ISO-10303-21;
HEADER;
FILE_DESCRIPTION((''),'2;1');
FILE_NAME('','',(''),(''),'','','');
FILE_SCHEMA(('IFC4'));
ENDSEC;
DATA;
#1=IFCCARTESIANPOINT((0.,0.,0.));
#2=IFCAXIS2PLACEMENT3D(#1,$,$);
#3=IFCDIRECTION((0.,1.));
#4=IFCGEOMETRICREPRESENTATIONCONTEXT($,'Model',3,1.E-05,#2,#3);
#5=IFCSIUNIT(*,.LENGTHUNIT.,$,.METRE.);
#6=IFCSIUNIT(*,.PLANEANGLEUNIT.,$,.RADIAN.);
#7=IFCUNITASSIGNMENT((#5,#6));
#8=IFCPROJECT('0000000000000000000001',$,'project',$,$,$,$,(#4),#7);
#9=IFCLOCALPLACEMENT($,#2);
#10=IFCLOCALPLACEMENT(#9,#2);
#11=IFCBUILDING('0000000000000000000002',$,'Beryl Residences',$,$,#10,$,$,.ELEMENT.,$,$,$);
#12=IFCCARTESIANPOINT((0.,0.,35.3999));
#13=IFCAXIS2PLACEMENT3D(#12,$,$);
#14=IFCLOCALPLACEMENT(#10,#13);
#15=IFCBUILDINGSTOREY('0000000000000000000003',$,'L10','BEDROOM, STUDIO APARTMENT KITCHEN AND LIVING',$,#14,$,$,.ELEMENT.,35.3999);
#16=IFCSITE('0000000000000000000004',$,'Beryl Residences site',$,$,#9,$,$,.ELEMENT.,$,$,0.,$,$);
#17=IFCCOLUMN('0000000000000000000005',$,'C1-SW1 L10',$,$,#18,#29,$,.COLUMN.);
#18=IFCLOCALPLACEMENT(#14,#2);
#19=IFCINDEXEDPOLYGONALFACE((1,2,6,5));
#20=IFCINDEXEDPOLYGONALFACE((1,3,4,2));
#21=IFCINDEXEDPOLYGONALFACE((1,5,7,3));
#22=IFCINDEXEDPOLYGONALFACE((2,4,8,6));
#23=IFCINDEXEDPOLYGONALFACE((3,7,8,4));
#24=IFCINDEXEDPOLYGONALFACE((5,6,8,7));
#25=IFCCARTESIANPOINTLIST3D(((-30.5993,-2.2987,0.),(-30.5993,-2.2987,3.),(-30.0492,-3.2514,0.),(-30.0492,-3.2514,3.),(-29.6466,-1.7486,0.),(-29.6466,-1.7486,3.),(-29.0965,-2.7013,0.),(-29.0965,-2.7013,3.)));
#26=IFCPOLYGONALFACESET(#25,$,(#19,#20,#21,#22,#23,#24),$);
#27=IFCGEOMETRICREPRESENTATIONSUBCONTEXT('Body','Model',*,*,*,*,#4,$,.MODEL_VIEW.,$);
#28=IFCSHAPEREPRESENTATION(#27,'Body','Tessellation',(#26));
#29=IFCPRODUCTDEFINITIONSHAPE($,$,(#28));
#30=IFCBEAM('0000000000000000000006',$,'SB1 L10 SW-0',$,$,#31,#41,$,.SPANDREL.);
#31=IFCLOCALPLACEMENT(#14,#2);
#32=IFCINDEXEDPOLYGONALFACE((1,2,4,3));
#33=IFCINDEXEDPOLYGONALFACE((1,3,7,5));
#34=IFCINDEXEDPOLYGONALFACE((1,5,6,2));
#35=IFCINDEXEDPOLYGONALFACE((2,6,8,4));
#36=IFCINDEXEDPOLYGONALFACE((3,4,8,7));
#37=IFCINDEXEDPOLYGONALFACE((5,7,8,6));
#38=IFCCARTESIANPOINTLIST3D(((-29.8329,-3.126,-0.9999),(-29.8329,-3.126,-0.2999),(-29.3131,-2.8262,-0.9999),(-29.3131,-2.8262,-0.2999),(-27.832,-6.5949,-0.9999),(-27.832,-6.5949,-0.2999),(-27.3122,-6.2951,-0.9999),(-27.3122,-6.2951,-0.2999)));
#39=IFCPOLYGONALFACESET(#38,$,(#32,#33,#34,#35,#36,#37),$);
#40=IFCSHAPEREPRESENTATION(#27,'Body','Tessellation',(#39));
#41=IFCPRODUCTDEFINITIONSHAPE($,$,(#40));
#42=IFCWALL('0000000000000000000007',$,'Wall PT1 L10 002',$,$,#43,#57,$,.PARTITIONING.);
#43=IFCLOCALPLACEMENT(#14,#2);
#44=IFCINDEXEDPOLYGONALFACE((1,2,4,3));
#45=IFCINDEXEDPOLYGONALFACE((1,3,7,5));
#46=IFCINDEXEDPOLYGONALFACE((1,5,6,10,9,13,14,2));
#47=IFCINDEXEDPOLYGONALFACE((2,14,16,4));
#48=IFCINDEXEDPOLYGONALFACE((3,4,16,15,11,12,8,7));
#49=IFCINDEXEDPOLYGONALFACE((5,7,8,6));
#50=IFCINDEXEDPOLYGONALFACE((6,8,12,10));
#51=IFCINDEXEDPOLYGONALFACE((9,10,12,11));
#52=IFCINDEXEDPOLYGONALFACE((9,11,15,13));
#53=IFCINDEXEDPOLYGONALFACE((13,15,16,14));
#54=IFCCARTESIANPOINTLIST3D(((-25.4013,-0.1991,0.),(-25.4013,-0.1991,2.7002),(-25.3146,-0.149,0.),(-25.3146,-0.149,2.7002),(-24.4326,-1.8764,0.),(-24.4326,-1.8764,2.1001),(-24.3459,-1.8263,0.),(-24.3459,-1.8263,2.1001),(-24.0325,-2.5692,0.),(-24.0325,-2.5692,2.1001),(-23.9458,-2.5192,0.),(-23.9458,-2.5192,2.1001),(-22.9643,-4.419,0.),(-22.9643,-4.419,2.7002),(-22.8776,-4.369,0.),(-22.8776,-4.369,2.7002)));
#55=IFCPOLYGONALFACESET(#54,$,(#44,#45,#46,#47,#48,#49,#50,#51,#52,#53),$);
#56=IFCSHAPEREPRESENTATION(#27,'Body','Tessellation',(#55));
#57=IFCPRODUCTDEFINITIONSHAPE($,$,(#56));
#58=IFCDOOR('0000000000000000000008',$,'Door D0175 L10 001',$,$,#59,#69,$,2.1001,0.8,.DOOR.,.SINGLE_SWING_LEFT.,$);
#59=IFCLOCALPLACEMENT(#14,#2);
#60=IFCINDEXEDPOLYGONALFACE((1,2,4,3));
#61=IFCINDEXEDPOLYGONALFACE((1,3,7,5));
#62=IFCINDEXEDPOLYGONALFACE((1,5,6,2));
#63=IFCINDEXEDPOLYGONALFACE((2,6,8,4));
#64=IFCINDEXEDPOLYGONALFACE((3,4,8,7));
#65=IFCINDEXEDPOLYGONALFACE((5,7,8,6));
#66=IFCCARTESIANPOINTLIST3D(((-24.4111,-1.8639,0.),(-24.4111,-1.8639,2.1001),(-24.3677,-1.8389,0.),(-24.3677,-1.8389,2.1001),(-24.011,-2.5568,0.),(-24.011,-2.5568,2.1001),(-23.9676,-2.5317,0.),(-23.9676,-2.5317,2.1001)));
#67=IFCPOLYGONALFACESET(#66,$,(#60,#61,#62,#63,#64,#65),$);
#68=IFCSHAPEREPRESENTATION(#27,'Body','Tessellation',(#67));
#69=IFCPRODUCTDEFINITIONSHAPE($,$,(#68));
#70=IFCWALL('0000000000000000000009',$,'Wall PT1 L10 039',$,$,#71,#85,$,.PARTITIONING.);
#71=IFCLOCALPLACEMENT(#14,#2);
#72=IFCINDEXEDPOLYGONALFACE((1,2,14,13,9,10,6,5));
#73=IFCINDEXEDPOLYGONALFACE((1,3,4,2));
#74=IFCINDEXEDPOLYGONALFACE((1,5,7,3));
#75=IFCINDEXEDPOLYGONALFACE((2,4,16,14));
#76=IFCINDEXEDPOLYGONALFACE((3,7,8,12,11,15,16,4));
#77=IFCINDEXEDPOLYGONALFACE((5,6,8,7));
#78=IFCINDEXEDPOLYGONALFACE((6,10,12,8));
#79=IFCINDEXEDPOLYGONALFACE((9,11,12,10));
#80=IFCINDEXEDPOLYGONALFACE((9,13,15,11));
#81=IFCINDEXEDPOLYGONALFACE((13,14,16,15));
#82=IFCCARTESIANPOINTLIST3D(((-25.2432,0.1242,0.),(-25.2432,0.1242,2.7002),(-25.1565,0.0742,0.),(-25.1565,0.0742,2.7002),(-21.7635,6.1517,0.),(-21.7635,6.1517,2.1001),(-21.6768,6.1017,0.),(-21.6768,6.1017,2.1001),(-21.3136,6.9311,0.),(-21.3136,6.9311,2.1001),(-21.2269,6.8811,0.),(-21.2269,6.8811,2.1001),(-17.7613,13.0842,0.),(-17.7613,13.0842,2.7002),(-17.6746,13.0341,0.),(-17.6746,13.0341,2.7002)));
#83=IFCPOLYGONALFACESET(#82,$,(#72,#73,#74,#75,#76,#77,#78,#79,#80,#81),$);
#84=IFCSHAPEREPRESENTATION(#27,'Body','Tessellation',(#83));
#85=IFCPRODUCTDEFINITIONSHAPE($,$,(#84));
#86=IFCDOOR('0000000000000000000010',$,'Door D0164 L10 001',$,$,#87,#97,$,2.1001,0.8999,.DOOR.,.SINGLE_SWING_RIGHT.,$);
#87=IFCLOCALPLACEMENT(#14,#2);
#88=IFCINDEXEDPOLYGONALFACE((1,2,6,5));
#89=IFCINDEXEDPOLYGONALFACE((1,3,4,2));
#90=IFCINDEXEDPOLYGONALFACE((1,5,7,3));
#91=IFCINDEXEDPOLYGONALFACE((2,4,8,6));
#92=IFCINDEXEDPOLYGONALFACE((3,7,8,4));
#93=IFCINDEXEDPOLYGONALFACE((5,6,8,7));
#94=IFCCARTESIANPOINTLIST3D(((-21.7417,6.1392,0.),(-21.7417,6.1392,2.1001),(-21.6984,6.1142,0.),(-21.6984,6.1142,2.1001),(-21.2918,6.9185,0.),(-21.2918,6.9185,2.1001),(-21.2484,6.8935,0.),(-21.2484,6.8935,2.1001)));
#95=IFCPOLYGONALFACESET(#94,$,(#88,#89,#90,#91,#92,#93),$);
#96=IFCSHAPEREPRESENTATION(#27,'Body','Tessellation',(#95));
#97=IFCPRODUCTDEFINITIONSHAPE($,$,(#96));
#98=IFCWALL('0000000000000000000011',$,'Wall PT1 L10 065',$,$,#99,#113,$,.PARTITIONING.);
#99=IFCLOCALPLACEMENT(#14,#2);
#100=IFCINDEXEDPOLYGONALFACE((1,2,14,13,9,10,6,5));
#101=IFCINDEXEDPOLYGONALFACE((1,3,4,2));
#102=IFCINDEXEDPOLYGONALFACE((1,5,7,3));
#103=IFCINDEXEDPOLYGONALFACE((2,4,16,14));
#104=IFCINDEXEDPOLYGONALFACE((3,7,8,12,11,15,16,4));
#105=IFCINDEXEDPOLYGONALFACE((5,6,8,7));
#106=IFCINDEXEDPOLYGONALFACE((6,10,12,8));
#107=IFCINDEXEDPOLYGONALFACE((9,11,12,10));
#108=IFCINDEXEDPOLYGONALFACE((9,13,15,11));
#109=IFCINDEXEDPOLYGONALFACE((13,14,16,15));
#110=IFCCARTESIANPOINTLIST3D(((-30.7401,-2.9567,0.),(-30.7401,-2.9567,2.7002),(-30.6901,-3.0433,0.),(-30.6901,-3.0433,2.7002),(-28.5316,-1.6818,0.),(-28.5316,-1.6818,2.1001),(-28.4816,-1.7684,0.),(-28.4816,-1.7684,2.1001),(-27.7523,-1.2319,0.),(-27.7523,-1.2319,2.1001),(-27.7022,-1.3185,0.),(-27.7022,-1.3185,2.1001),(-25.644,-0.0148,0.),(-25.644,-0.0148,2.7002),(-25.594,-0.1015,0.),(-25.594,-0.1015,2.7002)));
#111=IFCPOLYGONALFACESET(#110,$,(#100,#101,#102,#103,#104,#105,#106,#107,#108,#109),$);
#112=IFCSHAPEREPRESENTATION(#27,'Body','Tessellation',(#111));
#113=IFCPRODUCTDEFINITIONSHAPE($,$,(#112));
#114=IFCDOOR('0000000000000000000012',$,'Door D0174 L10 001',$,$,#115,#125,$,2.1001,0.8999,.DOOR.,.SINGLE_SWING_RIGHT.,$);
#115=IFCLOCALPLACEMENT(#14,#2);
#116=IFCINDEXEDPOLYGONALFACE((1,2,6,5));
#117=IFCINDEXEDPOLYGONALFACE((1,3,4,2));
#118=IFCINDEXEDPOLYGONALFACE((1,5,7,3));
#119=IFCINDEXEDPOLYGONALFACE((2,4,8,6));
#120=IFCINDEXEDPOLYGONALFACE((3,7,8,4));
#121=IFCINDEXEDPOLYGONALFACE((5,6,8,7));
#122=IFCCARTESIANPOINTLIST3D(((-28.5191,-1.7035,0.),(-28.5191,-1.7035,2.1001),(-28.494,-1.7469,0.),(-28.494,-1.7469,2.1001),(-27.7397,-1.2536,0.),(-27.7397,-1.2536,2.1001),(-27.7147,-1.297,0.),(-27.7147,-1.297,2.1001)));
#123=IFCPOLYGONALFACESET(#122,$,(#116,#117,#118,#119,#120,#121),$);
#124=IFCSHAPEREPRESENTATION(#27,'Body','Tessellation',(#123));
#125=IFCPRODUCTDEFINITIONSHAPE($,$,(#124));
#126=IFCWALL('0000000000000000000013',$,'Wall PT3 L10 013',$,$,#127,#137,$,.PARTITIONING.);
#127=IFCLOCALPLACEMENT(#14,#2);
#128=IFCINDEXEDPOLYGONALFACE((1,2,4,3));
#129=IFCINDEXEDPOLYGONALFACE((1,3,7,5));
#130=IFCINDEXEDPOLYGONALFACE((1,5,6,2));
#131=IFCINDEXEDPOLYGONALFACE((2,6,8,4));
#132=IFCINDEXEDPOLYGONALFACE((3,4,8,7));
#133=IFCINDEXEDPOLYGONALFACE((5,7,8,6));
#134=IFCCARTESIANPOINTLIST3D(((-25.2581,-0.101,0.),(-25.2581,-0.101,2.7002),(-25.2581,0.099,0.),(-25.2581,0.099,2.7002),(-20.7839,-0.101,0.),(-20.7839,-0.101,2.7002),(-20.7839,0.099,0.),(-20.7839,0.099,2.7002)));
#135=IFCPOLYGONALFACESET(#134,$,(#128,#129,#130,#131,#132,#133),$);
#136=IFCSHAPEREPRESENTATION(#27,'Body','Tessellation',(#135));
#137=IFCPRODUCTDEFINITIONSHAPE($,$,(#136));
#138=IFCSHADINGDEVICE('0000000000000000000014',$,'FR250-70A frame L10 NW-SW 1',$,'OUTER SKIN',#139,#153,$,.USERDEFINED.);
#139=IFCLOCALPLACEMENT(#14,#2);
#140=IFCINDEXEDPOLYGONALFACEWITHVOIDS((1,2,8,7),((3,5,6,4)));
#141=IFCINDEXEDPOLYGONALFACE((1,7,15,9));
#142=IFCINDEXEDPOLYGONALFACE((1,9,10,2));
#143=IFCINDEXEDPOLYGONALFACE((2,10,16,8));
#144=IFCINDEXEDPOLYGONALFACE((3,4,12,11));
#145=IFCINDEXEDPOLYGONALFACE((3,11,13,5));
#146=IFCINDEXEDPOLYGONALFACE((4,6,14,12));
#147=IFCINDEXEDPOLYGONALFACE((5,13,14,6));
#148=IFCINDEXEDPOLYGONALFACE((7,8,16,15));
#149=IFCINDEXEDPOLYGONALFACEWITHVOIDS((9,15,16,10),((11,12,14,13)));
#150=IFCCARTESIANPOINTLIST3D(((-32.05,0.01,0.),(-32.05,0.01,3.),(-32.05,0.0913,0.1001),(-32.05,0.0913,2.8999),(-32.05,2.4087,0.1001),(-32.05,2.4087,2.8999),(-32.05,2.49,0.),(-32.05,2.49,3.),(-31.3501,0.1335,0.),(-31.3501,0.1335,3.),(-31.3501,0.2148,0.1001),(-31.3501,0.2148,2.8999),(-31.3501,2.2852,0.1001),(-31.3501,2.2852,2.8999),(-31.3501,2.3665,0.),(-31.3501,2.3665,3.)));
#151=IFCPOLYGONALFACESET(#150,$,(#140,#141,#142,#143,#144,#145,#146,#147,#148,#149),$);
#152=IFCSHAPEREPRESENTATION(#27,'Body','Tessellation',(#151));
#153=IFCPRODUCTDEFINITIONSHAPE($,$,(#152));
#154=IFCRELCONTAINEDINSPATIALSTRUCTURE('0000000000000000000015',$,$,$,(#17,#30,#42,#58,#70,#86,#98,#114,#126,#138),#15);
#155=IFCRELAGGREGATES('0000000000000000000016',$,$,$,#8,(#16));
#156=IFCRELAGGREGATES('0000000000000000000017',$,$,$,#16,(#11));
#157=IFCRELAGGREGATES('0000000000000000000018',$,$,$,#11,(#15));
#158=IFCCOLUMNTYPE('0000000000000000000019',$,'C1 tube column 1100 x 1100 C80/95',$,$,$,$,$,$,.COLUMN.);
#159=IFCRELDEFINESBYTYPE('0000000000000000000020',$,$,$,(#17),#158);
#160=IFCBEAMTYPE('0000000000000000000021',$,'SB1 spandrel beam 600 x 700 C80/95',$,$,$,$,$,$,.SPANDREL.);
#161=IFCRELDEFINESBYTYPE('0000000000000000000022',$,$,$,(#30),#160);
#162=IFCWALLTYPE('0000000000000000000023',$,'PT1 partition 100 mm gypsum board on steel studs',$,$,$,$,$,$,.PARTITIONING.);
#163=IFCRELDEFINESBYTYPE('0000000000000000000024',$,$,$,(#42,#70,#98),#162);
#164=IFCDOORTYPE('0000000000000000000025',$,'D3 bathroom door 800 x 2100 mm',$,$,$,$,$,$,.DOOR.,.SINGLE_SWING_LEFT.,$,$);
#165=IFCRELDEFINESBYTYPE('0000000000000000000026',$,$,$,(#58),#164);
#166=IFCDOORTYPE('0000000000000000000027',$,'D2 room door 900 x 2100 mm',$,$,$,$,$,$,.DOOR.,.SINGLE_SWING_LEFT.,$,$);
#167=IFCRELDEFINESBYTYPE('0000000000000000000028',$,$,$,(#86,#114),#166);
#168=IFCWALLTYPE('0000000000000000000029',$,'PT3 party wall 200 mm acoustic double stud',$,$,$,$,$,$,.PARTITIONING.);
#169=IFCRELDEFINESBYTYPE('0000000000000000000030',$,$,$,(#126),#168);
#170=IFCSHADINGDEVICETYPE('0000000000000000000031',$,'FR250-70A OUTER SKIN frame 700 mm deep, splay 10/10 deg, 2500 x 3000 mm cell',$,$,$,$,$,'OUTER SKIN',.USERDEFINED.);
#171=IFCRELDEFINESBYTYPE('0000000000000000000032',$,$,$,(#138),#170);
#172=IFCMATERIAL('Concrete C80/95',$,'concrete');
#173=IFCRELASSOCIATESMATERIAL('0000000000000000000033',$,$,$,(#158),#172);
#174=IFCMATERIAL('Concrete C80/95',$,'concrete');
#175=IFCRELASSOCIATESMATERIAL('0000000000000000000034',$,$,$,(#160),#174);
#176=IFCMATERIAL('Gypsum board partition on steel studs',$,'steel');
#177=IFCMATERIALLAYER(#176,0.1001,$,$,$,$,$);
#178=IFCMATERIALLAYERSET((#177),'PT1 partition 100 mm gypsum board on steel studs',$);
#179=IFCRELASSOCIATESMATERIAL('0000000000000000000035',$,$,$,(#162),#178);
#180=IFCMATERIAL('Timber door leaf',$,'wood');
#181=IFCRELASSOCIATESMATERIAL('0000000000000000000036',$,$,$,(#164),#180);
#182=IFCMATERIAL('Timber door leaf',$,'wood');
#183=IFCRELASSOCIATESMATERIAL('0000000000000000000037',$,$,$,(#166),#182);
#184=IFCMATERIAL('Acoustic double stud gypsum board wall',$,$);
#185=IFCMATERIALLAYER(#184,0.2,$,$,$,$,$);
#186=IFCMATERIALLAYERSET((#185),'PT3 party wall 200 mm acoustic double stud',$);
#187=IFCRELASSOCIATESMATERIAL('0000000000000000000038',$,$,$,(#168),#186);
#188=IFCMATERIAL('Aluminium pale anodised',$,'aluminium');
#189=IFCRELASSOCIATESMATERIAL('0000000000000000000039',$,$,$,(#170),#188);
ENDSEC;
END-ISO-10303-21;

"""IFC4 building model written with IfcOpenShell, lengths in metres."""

from ifc_helpers import new_model, entity, si_unit, direction, frame, frame_2d, origin, origin_2d, place, context, subcontext, project, spatial, rectangle, extrude, source, transform, mapped, material, layer, layer_set, material_profile, profile_set, type_object, type_shapes, element, fill, save


model = new_model("IFC4")

# Units and contexts
model_context = context("Model", 3, precision=1e-05, world=origin(), true_north=direction((0.0, 1.0)))
body_context = subcontext(model_context, "Body", "Model", "MODEL_VIEW")
ifc_project = project(units=[si_unit("LENGTHUNIT", "METRE"), si_unit("PLANEANGLEUNIT", "RADIAN")], contexts=[model_context])

# Site, building, storey
site_placement = place(None, origin())
site = spatial("IfcSite", under=ifc_project, at=site_placement, Name="Beryl Residences site", CompositionType="ELEMENT", RefElevation=0.0)
building_placement = place(site_placement, origin())
building = spatial("IfcBuilding", under=site, at=building_placement, Name="Beryl Residences", CompositionType="ELEMENT")
storey_placement = place(building_placement, frame((0.0, 0.0, 35.3999)))
storey = spatial("IfcBuildingStorey", under=building, at=storey_placement, Name="L10", Description="BEDROOM, STUDIO APARTMENT KITCHEN AND LIVING", CompositionType="ELEMENT", Elevation=35.3999)

# Column
ifc_material_1 = material(Name="Concrete C80/95", Category="concrete")
ifc_material_profile_1 = material_profile(ifc_material_1, rectangle(XDim=1.1001, YDim=1.1001, at=origin_2d()))
ifc_profile_set_1 = profile_set([ifc_material_profile_1], Name="Concrete C80/95")
column_type = type_object("IfcColumnType", Name="C1 tube column 1100 x 1100 C80/95", PredefinedType="COLUMN", material=ifc_profile_set_1)
column_placement = place(storey_placement, frame((-29.8479, -2.5, 0.0), z_axis=(0.0, 0.0, 1.0), x_axis=(0.499985, -0.866034, 0.0)))
element("IfcColumn", 1, at=column_placement, inside=storey, type_object=column_type, Name="C1-SW1 L10", PredefinedType="COLUMN", context=body_context, shape_type="SweptSolid", body=[
    extrude(rectangle(XDim=1.1001, YDim=1.1001, at=origin_2d()), origin(), (0.0, 0.0, 1.0), 3.0),
])

# Beam
ifc_material_2 = material(Name="Concrete C80/95", Category="concrete")
ifc_material_profile_2 = material_profile(ifc_material_2, rectangle(XDim=0.6001, YDim=0.7, at=origin_2d()))
ifc_profile_set_2 = profile_set([ifc_material_profile_2], Name="Concrete C80/95")
beam_type = type_object("IfcBeamType", Name="SB1 spandrel beam 600 x 700 C80/95", PredefinedType="SPANDREL", material=ifc_profile_set_2)
beam_placement = place(storey_placement, frame((-29.573, -2.9761, -0.6499), z_axis=(0.499654, -0.866225, 0.0), x_axis=(0.866225, 0.499654, 0.0)))
element("IfcBeam", 2, at=beam_placement, inside=storey, type_object=beam_type, Name="SB1 L10 SW-0", PredefinedType="SPANDREL", context=body_context, shape_type="SweptSolid", body=[
    extrude(rectangle(XDim=0.6001, YDim=0.7, at=origin_2d()), origin(), (0.0, 0.0, 1.0), 4.0046),
])

# Walls, openings, doors
ifc_material_3 = material(Name="Gypsum board partition on steel studs", Category="steel")
ifc_layer_1 = layer(ifc_material_3, 0.1001)
ifc_layer_set_1 = layer_set([ifc_layer_1], Name="PT1 partition 100 mm gypsum board on steel studs")
wall_type_1 = type_object("IfcWallType", Name="PT1 partition 100 mm gypsum board on steel studs", PredefinedType="PARTITIONING", material=ifc_layer_set_1)
wall_1_placement = place(storey_placement, frame((-25.3579, -0.1741, 0.0), z_axis=(0.0, 0.0, 1.0), x_axis=(0.500094, -0.865971, 0.0)))
wall_1 = element("IfcWall", 3, at=wall_1_placement, inside=storey, type_object=wall_type_1, Name="Wall PT1 L10 002", PredefinedType="PARTITIONING", context=body_context, shape_type="SweptSolid", body=[
    extrude(rectangle(XDim=4.873, YDim=0.1001, at=frame_2d((2.4365, 0.0))), origin(), (0.0, 0.0, 1.0), 2.7002),
])
opening_1_placement = place(wall_1_placement, frame((1.937, 0.0, 0.0)))
opening_1 = element("IfcOpeningElement", 4, at=opening_1_placement, cuts=wall_1, PredefinedType="OPENING", context=body_context, shape_type="SweptSolid", body=[
    extrude(rectangle(XDim=0.8, YDim=2.1001, at=frame_2d((0.3999, 1.05))), frame((0.0, 0.0601, 0.0), z_axis=(0.0, -1.0, 0.0), x_axis=(1.0, 0.0, 0.0)), (0.0, 0.0, 1.0), 0.1201),
])
ifc_material_4 = material(Name="Timber door leaf", Category="wood")
door_type_1 = type_object("IfcDoorType", Name="D3 bathroom door 800 x 2100 mm", OperationType="SINGLE_SWING_LEFT", PredefinedType="DOOR", material=ifc_material_4)
door_1_placement = place(opening_1_placement, origin())
door_1 = element("IfcDoor", 5, at=door_1_placement, inside=storey, type_object=door_type_1, Name="Door D0175 L10 001", OperationType="SINGLE_SWING_LEFT", OverallHeight=2.1001, OverallWidth=0.8, PredefinedType="DOOR", context=body_context, shape_type="SweptSolid", body=[
    extrude(rectangle(XDim=0.8, YDim=2.1001, at=frame_2d((0.3999, 1.05))), frame((0.0, 0.0249, 0.0), z_axis=(0.0, -1.0, 0.0), x_axis=(1.0, 0.0, 0.0)), (0.0, 0.0, 1.0), 0.05),
])
fill(opening_1, door_1)
wall_2_placement = place(storey_placement, frame((-25.2, 0.0991, 0.0), z_axis=(0.0, 0.0, 1.0), x_axis=(0.499975, 0.86604, 0.0)))
wall_2 = element("IfcWall", 6, at=wall_2_placement, inside=storey, type_object=wall_type_1, Name="Wall PT1 L10 039", PredefinedType="PARTITIONING", context=body_context, shape_type="SweptSolid", body=[
    extrude(rectangle(XDim=14.9646, YDim=0.1001, at=frame_2d((7.4824, 0.0))), origin(), (0.0, 0.0, 1.0), 2.7002),
])
opening_2_placement = place(wall_2_placement, frame((6.96, 0.0, 0.0)))
opening_2 = element("IfcOpeningElement", 7, at=opening_2_placement, cuts=wall_2, PredefinedType="OPENING", context=body_context, shape_type="SweptSolid", body=[
    extrude(rectangle(XDim=0.8999, YDim=2.1001, at=frame_2d((0.45, 1.05))), frame((0.0, 0.0601, 0.0), z_axis=(0.0, -1.0, 0.0), x_axis=(1.0, 0.0, 0.0)), (0.0, 0.0, 1.0), 0.1201),
])
ifc_material_5 = material(Name="Timber door leaf", Category="wood")
door_type_2 = type_object("IfcDoorType", Name="D2 room door 900 x 2100 mm", OperationType="SINGLE_SWING_LEFT", PredefinedType="DOOR", material=ifc_material_5)
door_2_placement = place(opening_2_placement, origin())
door_2 = element("IfcDoor", 8, at=door_2_placement, inside=storey, type_object=door_type_2, Name="Door D0164 L10 001", OperationType="SINGLE_SWING_RIGHT", OverallHeight=2.1001, OverallWidth=0.8999, PredefinedType="DOOR", context=body_context, shape_type="SweptSolid", body=[
    extrude(rectangle(XDim=0.8999, YDim=2.1001, at=frame_2d((0.45, 1.05))), frame((0.0, 0.0249, 0.0), z_axis=(0.0, -1.0, 0.0), x_axis=(1.0, 0.0, 0.0)), (0.0, 0.0, 1.0), 0.05),
])
fill(opening_2, door_2)
wall_3_placement = place(storey_placement, frame((-30.7151, -3.0, 0.0), z_axis=(0.0, 0.0, 1.0), x_axis=(0.866054, 0.49995, 0.0)))
wall_3 = element("IfcWall", 9, at=wall_3_placement, inside=storey, type_object=wall_type_1, Name="Wall PT1 L10 065", PredefinedType="PARTITIONING", context=body_context, shape_type="SweptSolid", body=[
    extrude(rectangle(XDim=5.8843, YDim=0.1001, at=frame_2d((2.9421, 0.0))), origin(), (0.0, 0.0, 1.0), 2.7002),
])
opening_3_placement = place(wall_3_placement, frame((2.55, 0.0, 0.0)))
opening_3 = element("IfcOpeningElement", 10, at=opening_3_placement, cuts=wall_3, PredefinedType="OPENING", context=body_context, shape_type="SweptSolid", body=[
    extrude(rectangle(XDim=0.8999, YDim=2.1001, at=frame_2d((0.45, 1.05))), frame((0.0, 0.0601, 0.0), z_axis=(0.0, -1.0, 0.0), x_axis=(1.0, 0.0, 0.0)), (0.0, 0.0, 1.0), 0.1201),
])
door_3_placement = place(opening_3_placement, origin())
door_3 = element("IfcDoor", 11, at=door_3_placement, inside=storey, type_object=door_type_2, Name="Door D0174 L10 001", OperationType="SINGLE_SWING_RIGHT", OverallHeight=2.1001, OverallWidth=0.8999, PredefinedType="DOOR", context=body_context, shape_type="SweptSolid", body=[
    extrude(rectangle(XDim=0.8999, YDim=2.1001, at=frame_2d((0.45, 1.05))), frame((0.0, 0.0249, 0.0), z_axis=(0.0, -1.0, 0.0), x_axis=(1.0, 0.0, 0.0)), (0.0, 0.0, 1.0), 0.05),
])
fill(opening_3, door_3)

# Wall
ifc_material_6 = material(Name="Acoustic double stud gypsum board wall")
ifc_layer_2 = layer(ifc_material_6, 0.2)
ifc_layer_set_2 = layer_set([ifc_layer_2], Name="PT3 party wall 200 mm acoustic double stud")
wall_type_2 = type_object("IfcWallType", Name="PT3 party wall 200 mm acoustic double stud", PredefinedType="PARTITIONING", material=ifc_layer_set_2)
wall_4_placement = place(storey_placement, frame((-25.2581, -0.001, 0.0), z_axis=(0.0, 0.0, 1.0), x_axis=(1.0, 0.0, 0.0)))
element("IfcWall", 12, at=wall_4_placement, inside=storey, type_object=wall_type_2, Name="Wall PT3 L10 013", PredefinedType="PARTITIONING", context=body_context, shape_type="SweptSolid", body=[
    extrude(rectangle(XDim=4.4741, YDim=0.2, at=frame_2d((2.2371, 0.0))), origin(), (0.0, 0.0, 1.0), 2.7002),
])

# Shading device
ifc_material_7 = material(Name="Aluminium pale anodised", Category="aluminium")
shading_device_type_1 = type_object("IfcShadingDeviceType", Name="FR250-70A OUTER SKIN frame 700 mm deep, splay 10/10 deg, 2500 x 3000 mm cell", ElementType="OUTER SKIN", PredefinedType="USERDEFINED", material=ifc_material_7)
cartesian_point_1 = entity("IfcCartesianPoint", [-1.1165, 0.0])
cartesian_point_2 = entity("IfcCartesianPoint", [-1.0352, 0.1001])
cartesian_point_3 = entity("IfcCartesianPoint", [-1.24, 0.0])
cartesian_point_4 = entity("IfcCartesianPoint", [-1.1587, 0.1001])
shared_shape_1 = source(origin(), body_context, "Body", "SweptSolid", [
    entity("IfcExtrudedAreaSolidTapered", entity("IfcArbitraryProfileDefWithVoids", "AREA", None, entity("IfcPolyline", [cartesian_point_1, entity("IfcCartesianPoint", [1.1165, 0.0]), entity("IfcCartesianPoint", [1.1165, 3.0]), entity("IfcCartesianPoint", [-1.1165, 3.0]), cartesian_point_1]), [entity("IfcPolyline", [cartesian_point_2, entity("IfcCartesianPoint", [1.0352, 0.1001]), entity("IfcCartesianPoint", [1.0352, 2.8999]), entity("IfcCartesianPoint", [-1.0352, 2.8999]), cartesian_point_2])]), entity("IfcAxis2Placement3D", entity("IfcCartesianPoint", [0.0, 0.0, 0.0]), entity("IfcDirection", [0.0, 1.0, 0.0]), entity("IfcDirection", [-1.0, 0.0, 0.0])), entity("IfcDirection", [0.0, 0.0, 1.0]), 0.7, entity("IfcArbitraryProfileDefWithVoids", "AREA", None, entity("IfcPolyline", [cartesian_point_3, entity("IfcCartesianPoint", [1.24, 0.0]), entity("IfcCartesianPoint", [1.24, 3.0]), entity("IfcCartesianPoint", [-1.24, 3.0]), cartesian_point_3]), [entity("IfcPolyline", [cartesian_point_4, entity("IfcCartesianPoint", [1.1587, 0.1001]), entity("IfcCartesianPoint", [1.1587, 2.8999]), entity("IfcCartesianPoint", [-1.1587, 2.8999]), cartesian_point_4])])),
])
type_shapes(shading_device_type_1, [shared_shape_1])
for number, where, z_axis, x_axis, name in (
    (13, (-31.3501, 1.25, 0.0), (0.0, 0.0, 1.0), (0.0, 1.0, 0.0), "FR250-70A frame L10 NW-SW 1"),
):
    element("IfcShadingDevice", number, at=place(storey_placement, frame(where, z_axis=z_axis, x_axis=x_axis)), inside=storey, type_object=shading_device_type_1, Name=name, ObjectType="OUTER SKIN", PredefinedType="USERDEFINED", context=body_context, shape_type="MappedRepresentation", body=[
        mapped(shared_shape_1, transform((0.0, 0.0, 0.0))),
    ])

save(model, "model.ifc")
